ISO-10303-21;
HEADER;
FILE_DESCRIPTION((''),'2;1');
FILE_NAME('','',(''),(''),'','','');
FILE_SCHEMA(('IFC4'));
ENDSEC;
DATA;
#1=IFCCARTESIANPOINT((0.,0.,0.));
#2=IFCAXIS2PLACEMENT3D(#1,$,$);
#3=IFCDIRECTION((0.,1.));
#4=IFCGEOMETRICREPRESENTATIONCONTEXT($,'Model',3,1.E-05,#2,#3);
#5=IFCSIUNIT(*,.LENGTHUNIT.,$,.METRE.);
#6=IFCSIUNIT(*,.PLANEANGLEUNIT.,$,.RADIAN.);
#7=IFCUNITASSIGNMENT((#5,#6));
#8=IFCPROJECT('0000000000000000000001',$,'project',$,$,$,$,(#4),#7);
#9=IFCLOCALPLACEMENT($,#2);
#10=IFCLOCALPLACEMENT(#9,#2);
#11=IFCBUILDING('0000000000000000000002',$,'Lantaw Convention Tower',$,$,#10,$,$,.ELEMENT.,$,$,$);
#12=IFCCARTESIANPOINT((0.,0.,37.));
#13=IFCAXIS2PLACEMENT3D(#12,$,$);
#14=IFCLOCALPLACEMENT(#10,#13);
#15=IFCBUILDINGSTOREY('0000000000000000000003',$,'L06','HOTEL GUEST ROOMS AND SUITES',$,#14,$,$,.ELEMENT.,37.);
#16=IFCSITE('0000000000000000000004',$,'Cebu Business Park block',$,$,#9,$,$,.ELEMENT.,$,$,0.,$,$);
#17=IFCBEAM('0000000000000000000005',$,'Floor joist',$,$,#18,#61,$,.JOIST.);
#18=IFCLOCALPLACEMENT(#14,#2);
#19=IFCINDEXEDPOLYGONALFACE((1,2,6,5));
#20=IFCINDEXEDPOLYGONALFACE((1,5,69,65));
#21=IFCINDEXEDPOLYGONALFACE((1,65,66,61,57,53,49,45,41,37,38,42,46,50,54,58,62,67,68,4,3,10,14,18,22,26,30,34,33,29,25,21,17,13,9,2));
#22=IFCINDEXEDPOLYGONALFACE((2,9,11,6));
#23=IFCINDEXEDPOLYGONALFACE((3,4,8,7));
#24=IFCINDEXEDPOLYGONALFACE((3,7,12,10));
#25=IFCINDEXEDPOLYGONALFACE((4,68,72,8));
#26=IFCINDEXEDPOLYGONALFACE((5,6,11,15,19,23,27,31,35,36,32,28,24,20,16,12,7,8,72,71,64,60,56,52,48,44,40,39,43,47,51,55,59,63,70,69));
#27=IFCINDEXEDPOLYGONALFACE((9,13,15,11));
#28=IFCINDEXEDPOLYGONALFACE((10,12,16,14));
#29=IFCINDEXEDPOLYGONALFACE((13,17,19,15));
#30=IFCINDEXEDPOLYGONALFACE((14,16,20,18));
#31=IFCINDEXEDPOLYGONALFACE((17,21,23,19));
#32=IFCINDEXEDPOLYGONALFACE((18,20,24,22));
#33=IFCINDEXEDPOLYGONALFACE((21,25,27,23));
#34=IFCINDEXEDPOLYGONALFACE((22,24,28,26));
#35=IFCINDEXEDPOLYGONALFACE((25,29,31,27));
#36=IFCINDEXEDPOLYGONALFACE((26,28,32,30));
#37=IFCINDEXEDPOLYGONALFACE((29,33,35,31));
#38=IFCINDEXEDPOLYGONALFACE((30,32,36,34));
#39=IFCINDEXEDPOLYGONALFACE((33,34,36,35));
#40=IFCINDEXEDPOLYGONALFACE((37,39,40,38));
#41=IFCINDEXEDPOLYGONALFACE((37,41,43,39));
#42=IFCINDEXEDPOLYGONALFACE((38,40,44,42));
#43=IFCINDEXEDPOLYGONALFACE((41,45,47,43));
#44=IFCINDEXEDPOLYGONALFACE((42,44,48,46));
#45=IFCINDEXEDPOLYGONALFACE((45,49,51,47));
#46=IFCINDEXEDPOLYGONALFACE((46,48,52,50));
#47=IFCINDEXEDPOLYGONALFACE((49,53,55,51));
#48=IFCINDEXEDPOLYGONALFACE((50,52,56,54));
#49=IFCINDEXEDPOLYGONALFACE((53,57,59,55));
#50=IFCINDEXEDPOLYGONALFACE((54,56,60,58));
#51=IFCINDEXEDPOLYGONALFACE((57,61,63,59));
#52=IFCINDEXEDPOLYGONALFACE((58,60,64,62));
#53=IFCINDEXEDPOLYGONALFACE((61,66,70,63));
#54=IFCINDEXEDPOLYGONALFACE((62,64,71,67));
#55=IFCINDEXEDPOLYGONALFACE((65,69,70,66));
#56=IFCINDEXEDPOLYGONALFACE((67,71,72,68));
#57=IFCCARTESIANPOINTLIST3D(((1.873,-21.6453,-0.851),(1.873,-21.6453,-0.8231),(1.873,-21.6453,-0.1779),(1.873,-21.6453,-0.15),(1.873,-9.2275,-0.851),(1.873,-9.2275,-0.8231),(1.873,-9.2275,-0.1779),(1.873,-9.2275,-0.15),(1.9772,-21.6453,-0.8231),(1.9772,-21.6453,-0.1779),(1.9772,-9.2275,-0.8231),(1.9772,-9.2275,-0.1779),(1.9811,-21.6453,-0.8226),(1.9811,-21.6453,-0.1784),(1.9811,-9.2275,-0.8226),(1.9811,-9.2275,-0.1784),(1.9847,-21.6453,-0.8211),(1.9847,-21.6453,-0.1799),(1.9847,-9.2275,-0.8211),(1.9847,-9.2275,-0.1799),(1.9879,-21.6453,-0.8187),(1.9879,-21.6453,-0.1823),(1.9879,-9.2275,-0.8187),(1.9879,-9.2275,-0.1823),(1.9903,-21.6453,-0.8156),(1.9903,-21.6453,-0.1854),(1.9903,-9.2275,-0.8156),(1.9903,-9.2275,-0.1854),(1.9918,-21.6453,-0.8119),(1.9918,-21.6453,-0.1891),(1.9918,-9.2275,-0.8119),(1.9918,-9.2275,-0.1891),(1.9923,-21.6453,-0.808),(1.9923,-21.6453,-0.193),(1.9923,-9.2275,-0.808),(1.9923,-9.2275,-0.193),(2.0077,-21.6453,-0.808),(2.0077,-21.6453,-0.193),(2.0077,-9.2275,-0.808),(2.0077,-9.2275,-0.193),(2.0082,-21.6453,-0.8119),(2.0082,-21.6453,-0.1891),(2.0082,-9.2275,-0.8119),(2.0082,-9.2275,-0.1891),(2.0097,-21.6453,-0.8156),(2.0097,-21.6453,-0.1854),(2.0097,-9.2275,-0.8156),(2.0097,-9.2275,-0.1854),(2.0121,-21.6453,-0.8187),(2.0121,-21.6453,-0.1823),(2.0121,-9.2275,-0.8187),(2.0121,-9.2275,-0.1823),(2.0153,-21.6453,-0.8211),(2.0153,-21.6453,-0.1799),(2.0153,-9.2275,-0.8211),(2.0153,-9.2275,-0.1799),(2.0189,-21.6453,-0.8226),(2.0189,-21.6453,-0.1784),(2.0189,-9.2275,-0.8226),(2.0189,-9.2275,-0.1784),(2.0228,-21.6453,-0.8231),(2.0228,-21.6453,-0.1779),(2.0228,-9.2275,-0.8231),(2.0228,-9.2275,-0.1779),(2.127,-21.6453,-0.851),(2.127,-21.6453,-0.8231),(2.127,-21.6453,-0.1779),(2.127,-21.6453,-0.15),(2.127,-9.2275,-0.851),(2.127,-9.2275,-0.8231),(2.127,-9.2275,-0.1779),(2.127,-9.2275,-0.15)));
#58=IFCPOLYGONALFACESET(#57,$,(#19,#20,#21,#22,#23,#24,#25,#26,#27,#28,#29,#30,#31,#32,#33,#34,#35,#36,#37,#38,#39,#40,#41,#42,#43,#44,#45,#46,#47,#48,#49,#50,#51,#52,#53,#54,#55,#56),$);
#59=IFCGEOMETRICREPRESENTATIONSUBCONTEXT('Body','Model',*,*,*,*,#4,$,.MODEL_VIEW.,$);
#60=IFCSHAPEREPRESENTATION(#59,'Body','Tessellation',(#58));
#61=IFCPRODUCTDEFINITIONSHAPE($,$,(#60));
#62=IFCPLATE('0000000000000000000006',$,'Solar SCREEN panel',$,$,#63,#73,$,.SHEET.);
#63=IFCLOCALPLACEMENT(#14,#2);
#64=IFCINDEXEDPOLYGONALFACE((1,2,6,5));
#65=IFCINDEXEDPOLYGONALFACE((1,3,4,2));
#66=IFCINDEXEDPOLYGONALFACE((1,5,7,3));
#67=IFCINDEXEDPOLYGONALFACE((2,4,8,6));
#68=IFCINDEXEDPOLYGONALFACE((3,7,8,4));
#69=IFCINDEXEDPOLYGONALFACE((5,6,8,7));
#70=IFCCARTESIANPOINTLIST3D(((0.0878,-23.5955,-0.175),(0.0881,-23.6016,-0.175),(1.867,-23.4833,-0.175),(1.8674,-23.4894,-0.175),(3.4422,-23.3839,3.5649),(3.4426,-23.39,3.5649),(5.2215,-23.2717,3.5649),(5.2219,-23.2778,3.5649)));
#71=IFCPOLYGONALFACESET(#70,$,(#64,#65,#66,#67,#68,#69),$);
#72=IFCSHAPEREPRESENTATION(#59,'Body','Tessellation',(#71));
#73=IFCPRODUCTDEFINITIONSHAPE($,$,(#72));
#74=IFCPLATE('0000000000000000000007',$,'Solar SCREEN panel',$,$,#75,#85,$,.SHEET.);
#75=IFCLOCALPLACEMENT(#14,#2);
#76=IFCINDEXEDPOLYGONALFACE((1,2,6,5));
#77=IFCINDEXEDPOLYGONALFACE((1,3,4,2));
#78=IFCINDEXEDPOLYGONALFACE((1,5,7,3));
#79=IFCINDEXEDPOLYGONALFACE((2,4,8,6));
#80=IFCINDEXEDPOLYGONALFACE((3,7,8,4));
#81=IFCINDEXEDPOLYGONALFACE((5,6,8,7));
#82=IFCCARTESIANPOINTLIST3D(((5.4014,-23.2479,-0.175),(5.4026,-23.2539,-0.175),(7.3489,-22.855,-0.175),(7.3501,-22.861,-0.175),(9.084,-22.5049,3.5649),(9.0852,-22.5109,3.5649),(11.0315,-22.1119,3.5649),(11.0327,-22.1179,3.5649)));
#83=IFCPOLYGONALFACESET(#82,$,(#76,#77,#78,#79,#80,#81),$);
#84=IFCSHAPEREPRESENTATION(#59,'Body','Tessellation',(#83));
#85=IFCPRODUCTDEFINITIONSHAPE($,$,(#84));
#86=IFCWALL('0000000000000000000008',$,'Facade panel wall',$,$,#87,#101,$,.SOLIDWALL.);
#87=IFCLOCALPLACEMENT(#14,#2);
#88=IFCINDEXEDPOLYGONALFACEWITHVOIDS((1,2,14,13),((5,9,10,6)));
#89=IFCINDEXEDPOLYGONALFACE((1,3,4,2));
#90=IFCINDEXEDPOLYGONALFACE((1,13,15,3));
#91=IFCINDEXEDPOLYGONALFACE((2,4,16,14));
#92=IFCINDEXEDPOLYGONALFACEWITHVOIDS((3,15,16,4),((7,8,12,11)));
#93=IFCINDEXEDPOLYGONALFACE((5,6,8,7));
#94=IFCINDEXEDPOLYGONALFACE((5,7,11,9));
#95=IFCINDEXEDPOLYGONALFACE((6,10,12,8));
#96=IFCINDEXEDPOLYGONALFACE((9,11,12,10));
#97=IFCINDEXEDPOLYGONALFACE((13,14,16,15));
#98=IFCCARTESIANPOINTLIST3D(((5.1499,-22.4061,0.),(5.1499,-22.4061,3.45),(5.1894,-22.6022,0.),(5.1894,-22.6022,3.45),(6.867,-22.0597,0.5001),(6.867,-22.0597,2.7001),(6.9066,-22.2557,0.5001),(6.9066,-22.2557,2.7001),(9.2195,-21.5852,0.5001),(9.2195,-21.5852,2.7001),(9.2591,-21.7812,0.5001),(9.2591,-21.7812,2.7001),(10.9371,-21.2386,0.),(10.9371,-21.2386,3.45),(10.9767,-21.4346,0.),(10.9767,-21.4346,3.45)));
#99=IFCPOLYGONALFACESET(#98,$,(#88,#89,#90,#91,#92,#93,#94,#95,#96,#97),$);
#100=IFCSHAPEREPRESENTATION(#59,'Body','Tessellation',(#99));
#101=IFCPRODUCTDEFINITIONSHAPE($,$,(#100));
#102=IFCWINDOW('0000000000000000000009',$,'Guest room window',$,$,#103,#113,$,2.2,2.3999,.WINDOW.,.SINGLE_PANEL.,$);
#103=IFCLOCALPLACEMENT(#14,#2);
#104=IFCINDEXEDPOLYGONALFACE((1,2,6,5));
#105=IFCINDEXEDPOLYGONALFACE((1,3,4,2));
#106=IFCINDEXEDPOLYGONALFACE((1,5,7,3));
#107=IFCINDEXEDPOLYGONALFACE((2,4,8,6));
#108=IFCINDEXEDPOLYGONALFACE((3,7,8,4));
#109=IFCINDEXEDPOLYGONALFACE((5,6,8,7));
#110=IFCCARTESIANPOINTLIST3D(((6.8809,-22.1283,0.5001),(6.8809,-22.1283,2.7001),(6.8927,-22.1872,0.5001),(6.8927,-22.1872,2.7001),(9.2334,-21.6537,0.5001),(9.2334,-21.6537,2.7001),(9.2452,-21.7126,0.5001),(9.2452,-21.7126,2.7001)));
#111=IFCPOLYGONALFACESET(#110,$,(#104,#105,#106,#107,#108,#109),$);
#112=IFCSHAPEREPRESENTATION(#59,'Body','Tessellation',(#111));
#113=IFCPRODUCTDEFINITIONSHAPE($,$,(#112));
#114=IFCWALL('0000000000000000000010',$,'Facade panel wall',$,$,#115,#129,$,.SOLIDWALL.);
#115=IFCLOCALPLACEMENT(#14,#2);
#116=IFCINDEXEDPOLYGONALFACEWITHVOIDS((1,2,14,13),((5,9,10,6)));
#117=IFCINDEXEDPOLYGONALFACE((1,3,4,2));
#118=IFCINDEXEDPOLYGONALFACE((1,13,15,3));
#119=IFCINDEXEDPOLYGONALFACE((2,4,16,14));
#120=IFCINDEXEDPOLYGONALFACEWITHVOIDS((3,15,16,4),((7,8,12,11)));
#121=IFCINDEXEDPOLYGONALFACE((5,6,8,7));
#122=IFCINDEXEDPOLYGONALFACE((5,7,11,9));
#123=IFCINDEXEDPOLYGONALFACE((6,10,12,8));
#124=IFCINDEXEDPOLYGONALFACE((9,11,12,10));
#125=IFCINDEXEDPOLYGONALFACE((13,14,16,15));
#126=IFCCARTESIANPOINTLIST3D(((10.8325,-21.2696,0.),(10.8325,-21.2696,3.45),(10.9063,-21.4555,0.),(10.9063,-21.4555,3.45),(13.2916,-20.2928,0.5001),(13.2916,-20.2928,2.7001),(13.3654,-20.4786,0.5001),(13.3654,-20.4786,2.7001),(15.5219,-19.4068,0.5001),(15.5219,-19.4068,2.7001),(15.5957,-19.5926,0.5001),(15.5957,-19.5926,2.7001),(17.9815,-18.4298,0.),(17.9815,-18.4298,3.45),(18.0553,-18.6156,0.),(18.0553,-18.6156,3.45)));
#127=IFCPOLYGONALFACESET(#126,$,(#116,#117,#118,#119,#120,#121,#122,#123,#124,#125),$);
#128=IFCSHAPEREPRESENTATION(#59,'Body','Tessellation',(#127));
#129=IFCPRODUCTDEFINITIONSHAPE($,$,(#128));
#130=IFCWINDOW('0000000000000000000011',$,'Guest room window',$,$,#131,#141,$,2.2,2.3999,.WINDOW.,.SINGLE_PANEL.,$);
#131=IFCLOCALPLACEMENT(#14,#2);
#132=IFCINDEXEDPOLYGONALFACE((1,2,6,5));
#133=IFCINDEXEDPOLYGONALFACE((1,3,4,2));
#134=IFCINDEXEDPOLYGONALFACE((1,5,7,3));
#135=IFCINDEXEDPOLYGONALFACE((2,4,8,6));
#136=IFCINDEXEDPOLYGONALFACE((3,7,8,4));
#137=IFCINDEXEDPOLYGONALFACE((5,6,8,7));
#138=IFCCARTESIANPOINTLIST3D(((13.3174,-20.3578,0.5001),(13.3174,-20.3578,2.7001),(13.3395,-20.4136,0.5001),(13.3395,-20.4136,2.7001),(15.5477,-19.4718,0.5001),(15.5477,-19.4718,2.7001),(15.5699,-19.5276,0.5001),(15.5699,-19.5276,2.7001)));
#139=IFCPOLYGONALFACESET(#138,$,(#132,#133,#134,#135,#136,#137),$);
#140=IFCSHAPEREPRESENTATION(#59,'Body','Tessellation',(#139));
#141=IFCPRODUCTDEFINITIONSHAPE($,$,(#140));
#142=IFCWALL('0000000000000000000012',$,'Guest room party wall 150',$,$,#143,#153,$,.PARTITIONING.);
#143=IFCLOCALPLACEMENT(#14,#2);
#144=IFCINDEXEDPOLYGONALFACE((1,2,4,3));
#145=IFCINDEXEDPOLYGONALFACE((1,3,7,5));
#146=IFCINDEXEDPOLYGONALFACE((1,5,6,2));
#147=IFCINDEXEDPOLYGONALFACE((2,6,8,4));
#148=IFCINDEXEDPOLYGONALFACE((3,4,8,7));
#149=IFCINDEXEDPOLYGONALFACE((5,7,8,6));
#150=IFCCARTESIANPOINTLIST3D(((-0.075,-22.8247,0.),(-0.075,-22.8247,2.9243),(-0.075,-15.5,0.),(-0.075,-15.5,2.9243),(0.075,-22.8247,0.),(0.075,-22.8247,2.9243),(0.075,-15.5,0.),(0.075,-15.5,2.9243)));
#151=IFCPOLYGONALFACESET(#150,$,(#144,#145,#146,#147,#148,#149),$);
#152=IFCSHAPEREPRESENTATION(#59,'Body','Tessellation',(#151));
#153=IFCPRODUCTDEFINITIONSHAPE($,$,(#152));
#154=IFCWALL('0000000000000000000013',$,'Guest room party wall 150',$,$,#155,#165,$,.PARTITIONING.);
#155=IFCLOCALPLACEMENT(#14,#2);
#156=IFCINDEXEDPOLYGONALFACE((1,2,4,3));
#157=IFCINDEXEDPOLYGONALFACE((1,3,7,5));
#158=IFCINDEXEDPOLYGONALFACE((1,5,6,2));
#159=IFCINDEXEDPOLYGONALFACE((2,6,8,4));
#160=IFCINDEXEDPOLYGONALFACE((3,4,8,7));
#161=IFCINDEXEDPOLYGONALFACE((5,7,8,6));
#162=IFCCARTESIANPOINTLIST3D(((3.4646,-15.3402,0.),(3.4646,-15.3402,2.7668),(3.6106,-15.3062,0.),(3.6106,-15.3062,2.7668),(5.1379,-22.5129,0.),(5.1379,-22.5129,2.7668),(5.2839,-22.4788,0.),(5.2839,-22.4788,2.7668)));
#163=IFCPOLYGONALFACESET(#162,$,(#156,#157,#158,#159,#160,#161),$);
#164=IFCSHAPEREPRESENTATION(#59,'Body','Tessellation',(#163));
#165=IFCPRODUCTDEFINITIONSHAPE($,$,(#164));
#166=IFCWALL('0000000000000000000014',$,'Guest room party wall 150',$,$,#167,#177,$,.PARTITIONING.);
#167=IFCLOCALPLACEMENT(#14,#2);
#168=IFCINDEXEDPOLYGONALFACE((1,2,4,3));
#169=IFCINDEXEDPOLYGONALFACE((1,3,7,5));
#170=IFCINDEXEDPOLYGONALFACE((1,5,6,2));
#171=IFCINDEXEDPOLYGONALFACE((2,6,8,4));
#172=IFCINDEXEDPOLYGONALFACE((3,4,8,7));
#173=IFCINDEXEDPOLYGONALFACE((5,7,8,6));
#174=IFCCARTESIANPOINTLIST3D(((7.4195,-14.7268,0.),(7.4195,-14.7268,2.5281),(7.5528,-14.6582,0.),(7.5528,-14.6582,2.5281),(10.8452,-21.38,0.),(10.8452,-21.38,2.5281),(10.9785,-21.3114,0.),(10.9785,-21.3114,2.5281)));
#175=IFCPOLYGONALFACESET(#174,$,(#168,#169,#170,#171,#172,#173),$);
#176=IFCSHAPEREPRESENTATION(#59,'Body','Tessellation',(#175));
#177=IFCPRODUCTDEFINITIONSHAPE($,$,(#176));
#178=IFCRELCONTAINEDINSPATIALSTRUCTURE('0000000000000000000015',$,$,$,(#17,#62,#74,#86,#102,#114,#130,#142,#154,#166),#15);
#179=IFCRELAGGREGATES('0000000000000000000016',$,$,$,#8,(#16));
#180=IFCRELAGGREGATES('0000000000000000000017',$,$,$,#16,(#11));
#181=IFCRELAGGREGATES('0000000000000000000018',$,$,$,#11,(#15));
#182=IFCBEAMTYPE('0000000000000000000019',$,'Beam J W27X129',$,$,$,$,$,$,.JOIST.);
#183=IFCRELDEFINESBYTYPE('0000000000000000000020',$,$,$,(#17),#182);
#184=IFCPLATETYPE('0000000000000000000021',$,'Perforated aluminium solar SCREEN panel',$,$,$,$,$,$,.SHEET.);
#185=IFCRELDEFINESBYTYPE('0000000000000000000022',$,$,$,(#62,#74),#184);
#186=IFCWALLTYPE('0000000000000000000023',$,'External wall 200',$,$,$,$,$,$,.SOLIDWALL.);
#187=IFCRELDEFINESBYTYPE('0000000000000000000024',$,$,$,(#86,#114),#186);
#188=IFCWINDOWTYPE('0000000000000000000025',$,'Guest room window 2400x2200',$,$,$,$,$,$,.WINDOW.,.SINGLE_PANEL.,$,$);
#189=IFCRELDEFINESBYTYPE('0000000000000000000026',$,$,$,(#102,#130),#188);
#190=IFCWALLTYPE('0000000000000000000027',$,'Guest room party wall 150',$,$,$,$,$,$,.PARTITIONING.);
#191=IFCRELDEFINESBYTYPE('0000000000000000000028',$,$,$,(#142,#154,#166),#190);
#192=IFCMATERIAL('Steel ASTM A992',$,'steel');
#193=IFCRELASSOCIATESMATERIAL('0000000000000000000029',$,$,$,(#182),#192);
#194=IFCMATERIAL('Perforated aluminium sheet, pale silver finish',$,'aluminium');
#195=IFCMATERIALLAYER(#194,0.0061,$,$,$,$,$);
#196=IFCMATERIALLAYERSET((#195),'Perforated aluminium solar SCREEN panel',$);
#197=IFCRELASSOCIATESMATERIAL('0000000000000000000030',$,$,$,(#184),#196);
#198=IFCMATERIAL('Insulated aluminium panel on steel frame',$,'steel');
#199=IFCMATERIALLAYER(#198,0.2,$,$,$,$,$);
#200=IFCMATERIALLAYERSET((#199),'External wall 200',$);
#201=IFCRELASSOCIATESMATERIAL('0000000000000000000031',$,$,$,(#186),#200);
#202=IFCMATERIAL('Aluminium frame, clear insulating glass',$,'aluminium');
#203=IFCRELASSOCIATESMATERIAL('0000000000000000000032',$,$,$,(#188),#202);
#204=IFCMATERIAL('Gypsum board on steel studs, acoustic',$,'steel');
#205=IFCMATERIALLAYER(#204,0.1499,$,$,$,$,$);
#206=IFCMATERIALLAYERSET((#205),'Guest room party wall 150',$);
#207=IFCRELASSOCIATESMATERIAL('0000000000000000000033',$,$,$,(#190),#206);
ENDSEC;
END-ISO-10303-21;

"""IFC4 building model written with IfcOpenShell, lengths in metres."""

from ifc_helpers import new_model, si_unit, direction, frame, frame_2d, origin, origin_2d, place, context, subcontext, project, spatial, polyline, rectangle, i_section, outline, extrude, material, layer, layer_set, material_profile, profile_set, type_object, element, fill, save


model = new_model("IFC4")

# Units and contexts
model_context = context("Model", 3, precision=1e-05, world=origin(), true_north=direction((0.0, 1.0)))
body_context = subcontext(model_context, "Body", "Model", "MODEL_VIEW")
ifc_project = project(units=[si_unit("LENGTHUNIT", "METRE"), si_unit("PLANEANGLEUNIT", "RADIAN")], contexts=[model_context])

# Site, building, storey
site_placement = place(None, origin())
site = spatial("IfcSite", under=ifc_project, at=site_placement, Name="Cebu Business Park block", CompositionType="ELEMENT", RefElevation=0.0)
building_placement = place(site_placement, origin())
building = spatial("IfcBuilding", under=site, at=building_placement, Name="Lantaw Convention Tower", CompositionType="ELEMENT")
storey_placement = place(building_placement, frame((0.0, 0.0, 37.0)))
storey = spatial("IfcBuildingStorey", under=building, at=storey_placement, Name="L06", Description="HOTEL GUEST ROOMS AND SUITES", CompositionType="ELEMENT", Elevation=37.0)

# Beam
ifc_material_1 = material(Name="Steel ASTM A992", Category="steel")
ifc_material_profile_1 = material_profile(ifc_material_1, i_section(OverallWidth=0.2539, OverallDepth=0.7009, WebThickness=0.0154, FlangeThickness=0.0278, FilletRadius=0.0151, at=origin_2d()), Name="W27X129")
ifc_profile_set_1 = profile_set([ifc_material_profile_1], Name="Steel ASTM A992")
beam_type_1 = type_object("IfcBeamType", Name="Beam J W27X129", PredefinedType="JOIST", material=ifc_profile_set_1)
beam_1_placement = place(storey_placement, frame((2.0, -21.6453, -0.5005), z_axis=(0.0, 1.0, 0.0), x_axis=(-1.0, 0.0, 0.0)))
element("IfcBeam", 1, at=beam_1_placement, inside=storey, type_object=beam_type_1, Name="Floor joist", PredefinedType="JOIST", context=body_context, shape_type="SweptSolid", body=[
    extrude(i_section(OverallWidth=0.2539, OverallDepth=0.7009, WebThickness=0.0154, FlangeThickness=0.0278, FilletRadius=0.0151, at=origin_2d()), origin(), (0.0, 0.0, 1.0), 12.4177),
])

# Plates
ifc_material_2 = material(Name="Perforated aluminium sheet, pale silver finish", Category="aluminium")
ifc_layer_1 = layer(ifc_material_2, 0.0061)
ifc_layer_set_1 = layer_set([ifc_layer_1], Name="Perforated aluminium solar SCREEN panel")
plate_type = type_object("IfcPlateType", Name="Perforated aluminium solar SCREEN panel", PredefinedType="SHEET", material=ifc_layer_set_1)
plate_1_placement = place(storey_placement, frame((0.0881, -23.6016, -0.175), z_axis=(0.062924, -0.998018, 0.000014), x_axis=(0.998018, 0.062924, 0.0)))
element("IfcPlate", 2, at=plate_1_placement, inside=storey, type_object=plate_type, Name="Solar SCREEN panel", PredefinedType="SHEET", context=body_context, shape_type="SweptSolid", body=[
    extrude(outline(polyline([(0.0, 0.0), (1.7828, 0.0), (5.144, 3.74), (3.3611, 3.74), (0.0, 0.0)])), origin(), (0.0, 0.0, -1.0), 0.0061),
])
plate_2_placement = place(storey_placement, frame((5.4026, -23.2539, -0.175), z_axis=(0.197782, -0.980246, 0.000002), x_axis=(0.980246, 0.197782, 0.0)))
element("IfcPlate", 3, at=plate_2_placement, inside=storey, type_object=plate_type, Name="Solar SCREEN panel", PredefinedType="SHEET", context=body_context, shape_type="SweptSolid", body=[
    extrude(outline(polyline([(0.0, 0.0), (1.9867, 0.0), (5.7436, 3.74), (3.7568, 3.74), (0.0, 0.0)])), origin(), (0.0, 0.0, -1.0), 0.0061),
])

# Walls, openings, windows
ifc_material_3 = material(Name="Insulated aluminium panel on steel frame", Category="steel")
ifc_layer_2 = layer(ifc_material_3, 0.2)
ifc_layer_set_2 = layer_set([ifc_layer_2], Name="External wall 200")
wall_type_1 = type_object("IfcWallType", Name="External wall 200", PredefinedType="SOLIDWALL", material=ifc_layer_set_2)
wall_1_placement = place(storey_placement, frame((5.1697, -22.5042, 0.0), z_axis=(0.0, 0.0, 1.0), x_axis=(0.980252, 0.197754, 0.0)))
wall_1 = element("IfcWall", 4, at=wall_1_placement, inside=storey, type_object=wall_type_1, Name="Facade panel wall", PredefinedType="SOLIDWALL", context=body_context, shape_type="SweptSolid", body=[
    extrude(rectangle(XDim=5.9038, YDim=0.2, at=frame_2d((2.9519, 0.0))), origin(), (0.0, 0.0, 1.0), 3.45),
])
opening_1_placement = place(wall_1_placement, frame((1.7517, 0.0, 0.5)))
opening_1 = element("IfcOpeningElement", 5, at=opening_1_placement, cuts=wall_1, PredefinedType="OPENING", context=body_context, shape_type="SweptSolid", body=[
    extrude(rectangle(XDim=2.3999, YDim=2.2, at=frame_2d((1.2, 1.1001))), frame((0.0, 0.1099, 0.0), z_axis=(0.0, -1.0, 0.0), x_axis=(1.0, 0.0, 0.0)), (0.0, 0.0, 1.0), 0.22),
])
ifc_material_4 = material(Name="Aluminium frame, clear insulating glass", Category="aluminium")
window_type = type_object("IfcWindowType", Name="Guest room window 2400x2200", PartitioningType="SINGLE_PANEL", PredefinedType="WINDOW", material=ifc_material_4)
window_1_placement = place(opening_1_placement, origin())
window_1 = element("IfcWindow", 6, at=window_1_placement, inside=storey, type_object=window_type, Name="Guest room window", OverallHeight=2.2, OverallWidth=2.3999, PartitioningType="SINGLE_PANEL", PredefinedType="WINDOW", context=body_context, shape_type="SweptSolid", body=[
    extrude(rectangle(XDim=2.3999, YDim=2.2, at=frame_2d((1.2, 1.1001))), frame((0.0, 0.03, 0.0), z_axis=(0.0, -1.0, 0.0), x_axis=(1.0, 0.0, 0.0)), (0.0, 0.0, 1.0), 0.0601),
])
fill(opening_1, window_1)
wall_2_placement = place(storey_placement, frame((10.8694, -21.3625, 0.0), z_axis=(0.0, 0.0, 1.0), x_axis=(0.929358, 0.369179, 0.0)))
wall_2 = element("IfcWall", 7, at=wall_2_placement, inside=storey, type_object=wall_type_1, Name="Facade panel wall", PredefinedType="SOLIDWALL", context=body_context, shape_type="SweptSolid", body=[
    extrude(rectangle(XDim=7.6924, YDim=0.2, at=frame_2d((3.8462, 0.0))), origin(), (0.0, 0.0, 1.0), 3.45),
])
opening_2_placement = place(wall_2_placement, frame((2.646, 0.0, 0.5)))
opening_2 = element("IfcOpeningElement", 8, at=opening_2_placement, cuts=wall_2, PredefinedType="OPENING", context=body_context, shape_type="SweptSolid", body=[
    extrude(rectangle(XDim=2.3999, YDim=2.2, at=frame_2d((1.2, 1.1001))), frame((0.0, 0.1099, 0.0), z_axis=(0.0, -1.0, 0.0), x_axis=(1.0, 0.0, 0.0)), (0.0, 0.0, 1.0), 0.22),
])
window_2_placement = place(opening_2_placement, origin())
window_2 = element("IfcWindow", 9, at=window_2_placement, inside=storey, type_object=window_type, Name="Guest room window", OverallHeight=2.2, OverallWidth=2.3999, PartitioningType="SINGLE_PANEL", PredefinedType="WINDOW", context=body_context, shape_type="SweptSolid", body=[
    extrude(rectangle(XDim=2.3999, YDim=2.2, at=frame_2d((1.2, 1.1001))), frame((0.0, 0.03, 0.0), z_axis=(0.0, -1.0, 0.0), x_axis=(1.0, 0.0, 0.0)), (0.0, 0.0, 1.0), 0.0601),
])
fill(opening_2, window_2)

# Walls
ifc_material_5 = material(Name="Gypsum board on steel studs, acoustic", Category="steel")
ifc_layer_3 = layer(ifc_material_5, 0.1499)
ifc_layer_set_3 = layer_set([ifc_layer_3], Name="Guest room party wall 150")
wall_type_2 = type_object("IfcWallType", Name="Guest room party wall 150", PredefinedType="PARTITIONING", material=ifc_layer_set_3)
wall_3_placement = place(storey_placement, frame((0.0, -22.8247, 0.0), z_axis=(0.0, 0.0, 1.0), x_axis=(0.0, 1.0, 0.0)))
element("IfcWall", 10, at=wall_3_placement, inside=storey, type_object=wall_type_2, Name="Guest room party wall 150", PredefinedType="PARTITIONING", context=body_context, shape_type="SweptSolid", body=[
    extrude(rectangle(XDim=7.3247, YDim=0.1499, at=frame_2d((3.6624, 0.0))), origin(), (0.0, 0.0, 1.0), 2.9243),
])
wall_4_placement = place(storey_placement, frame((5.2109, -22.4958, 0.0), z_axis=(0.0, 0.0, 1.0), x_axis=(-0.227195, 0.973849, 0.0)))
element("IfcWall", 11, at=wall_4_placement, inside=storey, type_object=wall_type_2, Name="Guest room party wall 150", PredefinedType="PARTITIONING", context=body_context, shape_type="SweptSolid", body=[
    extrude(rectangle(XDim=7.3652, YDim=0.1499, at=frame_2d((3.6826, 0.0))), origin(), (0.0, 0.0, 1.0), 2.7668),
])
wall_5_placement = place(storey_placement, frame((10.9119, -21.3457, 0.0), z_axis=(0.0, 0.0, 1.0), x_axis=(-0.457778, 0.889066, 0.0)))
element("IfcWall", 12, at=wall_5_placement, inside=storey, type_object=wall_type_2, Name="Guest room party wall 150", PredefinedType="PARTITIONING", context=body_context, shape_type="SweptSolid", body=[
    extrude(rectangle(XDim=7.4834, YDim=0.1499, at=frame_2d((3.7417, 0.0))), origin(), (0.0, 0.0, 1.0), 2.5281),
])

save(model, "model.ifc")
